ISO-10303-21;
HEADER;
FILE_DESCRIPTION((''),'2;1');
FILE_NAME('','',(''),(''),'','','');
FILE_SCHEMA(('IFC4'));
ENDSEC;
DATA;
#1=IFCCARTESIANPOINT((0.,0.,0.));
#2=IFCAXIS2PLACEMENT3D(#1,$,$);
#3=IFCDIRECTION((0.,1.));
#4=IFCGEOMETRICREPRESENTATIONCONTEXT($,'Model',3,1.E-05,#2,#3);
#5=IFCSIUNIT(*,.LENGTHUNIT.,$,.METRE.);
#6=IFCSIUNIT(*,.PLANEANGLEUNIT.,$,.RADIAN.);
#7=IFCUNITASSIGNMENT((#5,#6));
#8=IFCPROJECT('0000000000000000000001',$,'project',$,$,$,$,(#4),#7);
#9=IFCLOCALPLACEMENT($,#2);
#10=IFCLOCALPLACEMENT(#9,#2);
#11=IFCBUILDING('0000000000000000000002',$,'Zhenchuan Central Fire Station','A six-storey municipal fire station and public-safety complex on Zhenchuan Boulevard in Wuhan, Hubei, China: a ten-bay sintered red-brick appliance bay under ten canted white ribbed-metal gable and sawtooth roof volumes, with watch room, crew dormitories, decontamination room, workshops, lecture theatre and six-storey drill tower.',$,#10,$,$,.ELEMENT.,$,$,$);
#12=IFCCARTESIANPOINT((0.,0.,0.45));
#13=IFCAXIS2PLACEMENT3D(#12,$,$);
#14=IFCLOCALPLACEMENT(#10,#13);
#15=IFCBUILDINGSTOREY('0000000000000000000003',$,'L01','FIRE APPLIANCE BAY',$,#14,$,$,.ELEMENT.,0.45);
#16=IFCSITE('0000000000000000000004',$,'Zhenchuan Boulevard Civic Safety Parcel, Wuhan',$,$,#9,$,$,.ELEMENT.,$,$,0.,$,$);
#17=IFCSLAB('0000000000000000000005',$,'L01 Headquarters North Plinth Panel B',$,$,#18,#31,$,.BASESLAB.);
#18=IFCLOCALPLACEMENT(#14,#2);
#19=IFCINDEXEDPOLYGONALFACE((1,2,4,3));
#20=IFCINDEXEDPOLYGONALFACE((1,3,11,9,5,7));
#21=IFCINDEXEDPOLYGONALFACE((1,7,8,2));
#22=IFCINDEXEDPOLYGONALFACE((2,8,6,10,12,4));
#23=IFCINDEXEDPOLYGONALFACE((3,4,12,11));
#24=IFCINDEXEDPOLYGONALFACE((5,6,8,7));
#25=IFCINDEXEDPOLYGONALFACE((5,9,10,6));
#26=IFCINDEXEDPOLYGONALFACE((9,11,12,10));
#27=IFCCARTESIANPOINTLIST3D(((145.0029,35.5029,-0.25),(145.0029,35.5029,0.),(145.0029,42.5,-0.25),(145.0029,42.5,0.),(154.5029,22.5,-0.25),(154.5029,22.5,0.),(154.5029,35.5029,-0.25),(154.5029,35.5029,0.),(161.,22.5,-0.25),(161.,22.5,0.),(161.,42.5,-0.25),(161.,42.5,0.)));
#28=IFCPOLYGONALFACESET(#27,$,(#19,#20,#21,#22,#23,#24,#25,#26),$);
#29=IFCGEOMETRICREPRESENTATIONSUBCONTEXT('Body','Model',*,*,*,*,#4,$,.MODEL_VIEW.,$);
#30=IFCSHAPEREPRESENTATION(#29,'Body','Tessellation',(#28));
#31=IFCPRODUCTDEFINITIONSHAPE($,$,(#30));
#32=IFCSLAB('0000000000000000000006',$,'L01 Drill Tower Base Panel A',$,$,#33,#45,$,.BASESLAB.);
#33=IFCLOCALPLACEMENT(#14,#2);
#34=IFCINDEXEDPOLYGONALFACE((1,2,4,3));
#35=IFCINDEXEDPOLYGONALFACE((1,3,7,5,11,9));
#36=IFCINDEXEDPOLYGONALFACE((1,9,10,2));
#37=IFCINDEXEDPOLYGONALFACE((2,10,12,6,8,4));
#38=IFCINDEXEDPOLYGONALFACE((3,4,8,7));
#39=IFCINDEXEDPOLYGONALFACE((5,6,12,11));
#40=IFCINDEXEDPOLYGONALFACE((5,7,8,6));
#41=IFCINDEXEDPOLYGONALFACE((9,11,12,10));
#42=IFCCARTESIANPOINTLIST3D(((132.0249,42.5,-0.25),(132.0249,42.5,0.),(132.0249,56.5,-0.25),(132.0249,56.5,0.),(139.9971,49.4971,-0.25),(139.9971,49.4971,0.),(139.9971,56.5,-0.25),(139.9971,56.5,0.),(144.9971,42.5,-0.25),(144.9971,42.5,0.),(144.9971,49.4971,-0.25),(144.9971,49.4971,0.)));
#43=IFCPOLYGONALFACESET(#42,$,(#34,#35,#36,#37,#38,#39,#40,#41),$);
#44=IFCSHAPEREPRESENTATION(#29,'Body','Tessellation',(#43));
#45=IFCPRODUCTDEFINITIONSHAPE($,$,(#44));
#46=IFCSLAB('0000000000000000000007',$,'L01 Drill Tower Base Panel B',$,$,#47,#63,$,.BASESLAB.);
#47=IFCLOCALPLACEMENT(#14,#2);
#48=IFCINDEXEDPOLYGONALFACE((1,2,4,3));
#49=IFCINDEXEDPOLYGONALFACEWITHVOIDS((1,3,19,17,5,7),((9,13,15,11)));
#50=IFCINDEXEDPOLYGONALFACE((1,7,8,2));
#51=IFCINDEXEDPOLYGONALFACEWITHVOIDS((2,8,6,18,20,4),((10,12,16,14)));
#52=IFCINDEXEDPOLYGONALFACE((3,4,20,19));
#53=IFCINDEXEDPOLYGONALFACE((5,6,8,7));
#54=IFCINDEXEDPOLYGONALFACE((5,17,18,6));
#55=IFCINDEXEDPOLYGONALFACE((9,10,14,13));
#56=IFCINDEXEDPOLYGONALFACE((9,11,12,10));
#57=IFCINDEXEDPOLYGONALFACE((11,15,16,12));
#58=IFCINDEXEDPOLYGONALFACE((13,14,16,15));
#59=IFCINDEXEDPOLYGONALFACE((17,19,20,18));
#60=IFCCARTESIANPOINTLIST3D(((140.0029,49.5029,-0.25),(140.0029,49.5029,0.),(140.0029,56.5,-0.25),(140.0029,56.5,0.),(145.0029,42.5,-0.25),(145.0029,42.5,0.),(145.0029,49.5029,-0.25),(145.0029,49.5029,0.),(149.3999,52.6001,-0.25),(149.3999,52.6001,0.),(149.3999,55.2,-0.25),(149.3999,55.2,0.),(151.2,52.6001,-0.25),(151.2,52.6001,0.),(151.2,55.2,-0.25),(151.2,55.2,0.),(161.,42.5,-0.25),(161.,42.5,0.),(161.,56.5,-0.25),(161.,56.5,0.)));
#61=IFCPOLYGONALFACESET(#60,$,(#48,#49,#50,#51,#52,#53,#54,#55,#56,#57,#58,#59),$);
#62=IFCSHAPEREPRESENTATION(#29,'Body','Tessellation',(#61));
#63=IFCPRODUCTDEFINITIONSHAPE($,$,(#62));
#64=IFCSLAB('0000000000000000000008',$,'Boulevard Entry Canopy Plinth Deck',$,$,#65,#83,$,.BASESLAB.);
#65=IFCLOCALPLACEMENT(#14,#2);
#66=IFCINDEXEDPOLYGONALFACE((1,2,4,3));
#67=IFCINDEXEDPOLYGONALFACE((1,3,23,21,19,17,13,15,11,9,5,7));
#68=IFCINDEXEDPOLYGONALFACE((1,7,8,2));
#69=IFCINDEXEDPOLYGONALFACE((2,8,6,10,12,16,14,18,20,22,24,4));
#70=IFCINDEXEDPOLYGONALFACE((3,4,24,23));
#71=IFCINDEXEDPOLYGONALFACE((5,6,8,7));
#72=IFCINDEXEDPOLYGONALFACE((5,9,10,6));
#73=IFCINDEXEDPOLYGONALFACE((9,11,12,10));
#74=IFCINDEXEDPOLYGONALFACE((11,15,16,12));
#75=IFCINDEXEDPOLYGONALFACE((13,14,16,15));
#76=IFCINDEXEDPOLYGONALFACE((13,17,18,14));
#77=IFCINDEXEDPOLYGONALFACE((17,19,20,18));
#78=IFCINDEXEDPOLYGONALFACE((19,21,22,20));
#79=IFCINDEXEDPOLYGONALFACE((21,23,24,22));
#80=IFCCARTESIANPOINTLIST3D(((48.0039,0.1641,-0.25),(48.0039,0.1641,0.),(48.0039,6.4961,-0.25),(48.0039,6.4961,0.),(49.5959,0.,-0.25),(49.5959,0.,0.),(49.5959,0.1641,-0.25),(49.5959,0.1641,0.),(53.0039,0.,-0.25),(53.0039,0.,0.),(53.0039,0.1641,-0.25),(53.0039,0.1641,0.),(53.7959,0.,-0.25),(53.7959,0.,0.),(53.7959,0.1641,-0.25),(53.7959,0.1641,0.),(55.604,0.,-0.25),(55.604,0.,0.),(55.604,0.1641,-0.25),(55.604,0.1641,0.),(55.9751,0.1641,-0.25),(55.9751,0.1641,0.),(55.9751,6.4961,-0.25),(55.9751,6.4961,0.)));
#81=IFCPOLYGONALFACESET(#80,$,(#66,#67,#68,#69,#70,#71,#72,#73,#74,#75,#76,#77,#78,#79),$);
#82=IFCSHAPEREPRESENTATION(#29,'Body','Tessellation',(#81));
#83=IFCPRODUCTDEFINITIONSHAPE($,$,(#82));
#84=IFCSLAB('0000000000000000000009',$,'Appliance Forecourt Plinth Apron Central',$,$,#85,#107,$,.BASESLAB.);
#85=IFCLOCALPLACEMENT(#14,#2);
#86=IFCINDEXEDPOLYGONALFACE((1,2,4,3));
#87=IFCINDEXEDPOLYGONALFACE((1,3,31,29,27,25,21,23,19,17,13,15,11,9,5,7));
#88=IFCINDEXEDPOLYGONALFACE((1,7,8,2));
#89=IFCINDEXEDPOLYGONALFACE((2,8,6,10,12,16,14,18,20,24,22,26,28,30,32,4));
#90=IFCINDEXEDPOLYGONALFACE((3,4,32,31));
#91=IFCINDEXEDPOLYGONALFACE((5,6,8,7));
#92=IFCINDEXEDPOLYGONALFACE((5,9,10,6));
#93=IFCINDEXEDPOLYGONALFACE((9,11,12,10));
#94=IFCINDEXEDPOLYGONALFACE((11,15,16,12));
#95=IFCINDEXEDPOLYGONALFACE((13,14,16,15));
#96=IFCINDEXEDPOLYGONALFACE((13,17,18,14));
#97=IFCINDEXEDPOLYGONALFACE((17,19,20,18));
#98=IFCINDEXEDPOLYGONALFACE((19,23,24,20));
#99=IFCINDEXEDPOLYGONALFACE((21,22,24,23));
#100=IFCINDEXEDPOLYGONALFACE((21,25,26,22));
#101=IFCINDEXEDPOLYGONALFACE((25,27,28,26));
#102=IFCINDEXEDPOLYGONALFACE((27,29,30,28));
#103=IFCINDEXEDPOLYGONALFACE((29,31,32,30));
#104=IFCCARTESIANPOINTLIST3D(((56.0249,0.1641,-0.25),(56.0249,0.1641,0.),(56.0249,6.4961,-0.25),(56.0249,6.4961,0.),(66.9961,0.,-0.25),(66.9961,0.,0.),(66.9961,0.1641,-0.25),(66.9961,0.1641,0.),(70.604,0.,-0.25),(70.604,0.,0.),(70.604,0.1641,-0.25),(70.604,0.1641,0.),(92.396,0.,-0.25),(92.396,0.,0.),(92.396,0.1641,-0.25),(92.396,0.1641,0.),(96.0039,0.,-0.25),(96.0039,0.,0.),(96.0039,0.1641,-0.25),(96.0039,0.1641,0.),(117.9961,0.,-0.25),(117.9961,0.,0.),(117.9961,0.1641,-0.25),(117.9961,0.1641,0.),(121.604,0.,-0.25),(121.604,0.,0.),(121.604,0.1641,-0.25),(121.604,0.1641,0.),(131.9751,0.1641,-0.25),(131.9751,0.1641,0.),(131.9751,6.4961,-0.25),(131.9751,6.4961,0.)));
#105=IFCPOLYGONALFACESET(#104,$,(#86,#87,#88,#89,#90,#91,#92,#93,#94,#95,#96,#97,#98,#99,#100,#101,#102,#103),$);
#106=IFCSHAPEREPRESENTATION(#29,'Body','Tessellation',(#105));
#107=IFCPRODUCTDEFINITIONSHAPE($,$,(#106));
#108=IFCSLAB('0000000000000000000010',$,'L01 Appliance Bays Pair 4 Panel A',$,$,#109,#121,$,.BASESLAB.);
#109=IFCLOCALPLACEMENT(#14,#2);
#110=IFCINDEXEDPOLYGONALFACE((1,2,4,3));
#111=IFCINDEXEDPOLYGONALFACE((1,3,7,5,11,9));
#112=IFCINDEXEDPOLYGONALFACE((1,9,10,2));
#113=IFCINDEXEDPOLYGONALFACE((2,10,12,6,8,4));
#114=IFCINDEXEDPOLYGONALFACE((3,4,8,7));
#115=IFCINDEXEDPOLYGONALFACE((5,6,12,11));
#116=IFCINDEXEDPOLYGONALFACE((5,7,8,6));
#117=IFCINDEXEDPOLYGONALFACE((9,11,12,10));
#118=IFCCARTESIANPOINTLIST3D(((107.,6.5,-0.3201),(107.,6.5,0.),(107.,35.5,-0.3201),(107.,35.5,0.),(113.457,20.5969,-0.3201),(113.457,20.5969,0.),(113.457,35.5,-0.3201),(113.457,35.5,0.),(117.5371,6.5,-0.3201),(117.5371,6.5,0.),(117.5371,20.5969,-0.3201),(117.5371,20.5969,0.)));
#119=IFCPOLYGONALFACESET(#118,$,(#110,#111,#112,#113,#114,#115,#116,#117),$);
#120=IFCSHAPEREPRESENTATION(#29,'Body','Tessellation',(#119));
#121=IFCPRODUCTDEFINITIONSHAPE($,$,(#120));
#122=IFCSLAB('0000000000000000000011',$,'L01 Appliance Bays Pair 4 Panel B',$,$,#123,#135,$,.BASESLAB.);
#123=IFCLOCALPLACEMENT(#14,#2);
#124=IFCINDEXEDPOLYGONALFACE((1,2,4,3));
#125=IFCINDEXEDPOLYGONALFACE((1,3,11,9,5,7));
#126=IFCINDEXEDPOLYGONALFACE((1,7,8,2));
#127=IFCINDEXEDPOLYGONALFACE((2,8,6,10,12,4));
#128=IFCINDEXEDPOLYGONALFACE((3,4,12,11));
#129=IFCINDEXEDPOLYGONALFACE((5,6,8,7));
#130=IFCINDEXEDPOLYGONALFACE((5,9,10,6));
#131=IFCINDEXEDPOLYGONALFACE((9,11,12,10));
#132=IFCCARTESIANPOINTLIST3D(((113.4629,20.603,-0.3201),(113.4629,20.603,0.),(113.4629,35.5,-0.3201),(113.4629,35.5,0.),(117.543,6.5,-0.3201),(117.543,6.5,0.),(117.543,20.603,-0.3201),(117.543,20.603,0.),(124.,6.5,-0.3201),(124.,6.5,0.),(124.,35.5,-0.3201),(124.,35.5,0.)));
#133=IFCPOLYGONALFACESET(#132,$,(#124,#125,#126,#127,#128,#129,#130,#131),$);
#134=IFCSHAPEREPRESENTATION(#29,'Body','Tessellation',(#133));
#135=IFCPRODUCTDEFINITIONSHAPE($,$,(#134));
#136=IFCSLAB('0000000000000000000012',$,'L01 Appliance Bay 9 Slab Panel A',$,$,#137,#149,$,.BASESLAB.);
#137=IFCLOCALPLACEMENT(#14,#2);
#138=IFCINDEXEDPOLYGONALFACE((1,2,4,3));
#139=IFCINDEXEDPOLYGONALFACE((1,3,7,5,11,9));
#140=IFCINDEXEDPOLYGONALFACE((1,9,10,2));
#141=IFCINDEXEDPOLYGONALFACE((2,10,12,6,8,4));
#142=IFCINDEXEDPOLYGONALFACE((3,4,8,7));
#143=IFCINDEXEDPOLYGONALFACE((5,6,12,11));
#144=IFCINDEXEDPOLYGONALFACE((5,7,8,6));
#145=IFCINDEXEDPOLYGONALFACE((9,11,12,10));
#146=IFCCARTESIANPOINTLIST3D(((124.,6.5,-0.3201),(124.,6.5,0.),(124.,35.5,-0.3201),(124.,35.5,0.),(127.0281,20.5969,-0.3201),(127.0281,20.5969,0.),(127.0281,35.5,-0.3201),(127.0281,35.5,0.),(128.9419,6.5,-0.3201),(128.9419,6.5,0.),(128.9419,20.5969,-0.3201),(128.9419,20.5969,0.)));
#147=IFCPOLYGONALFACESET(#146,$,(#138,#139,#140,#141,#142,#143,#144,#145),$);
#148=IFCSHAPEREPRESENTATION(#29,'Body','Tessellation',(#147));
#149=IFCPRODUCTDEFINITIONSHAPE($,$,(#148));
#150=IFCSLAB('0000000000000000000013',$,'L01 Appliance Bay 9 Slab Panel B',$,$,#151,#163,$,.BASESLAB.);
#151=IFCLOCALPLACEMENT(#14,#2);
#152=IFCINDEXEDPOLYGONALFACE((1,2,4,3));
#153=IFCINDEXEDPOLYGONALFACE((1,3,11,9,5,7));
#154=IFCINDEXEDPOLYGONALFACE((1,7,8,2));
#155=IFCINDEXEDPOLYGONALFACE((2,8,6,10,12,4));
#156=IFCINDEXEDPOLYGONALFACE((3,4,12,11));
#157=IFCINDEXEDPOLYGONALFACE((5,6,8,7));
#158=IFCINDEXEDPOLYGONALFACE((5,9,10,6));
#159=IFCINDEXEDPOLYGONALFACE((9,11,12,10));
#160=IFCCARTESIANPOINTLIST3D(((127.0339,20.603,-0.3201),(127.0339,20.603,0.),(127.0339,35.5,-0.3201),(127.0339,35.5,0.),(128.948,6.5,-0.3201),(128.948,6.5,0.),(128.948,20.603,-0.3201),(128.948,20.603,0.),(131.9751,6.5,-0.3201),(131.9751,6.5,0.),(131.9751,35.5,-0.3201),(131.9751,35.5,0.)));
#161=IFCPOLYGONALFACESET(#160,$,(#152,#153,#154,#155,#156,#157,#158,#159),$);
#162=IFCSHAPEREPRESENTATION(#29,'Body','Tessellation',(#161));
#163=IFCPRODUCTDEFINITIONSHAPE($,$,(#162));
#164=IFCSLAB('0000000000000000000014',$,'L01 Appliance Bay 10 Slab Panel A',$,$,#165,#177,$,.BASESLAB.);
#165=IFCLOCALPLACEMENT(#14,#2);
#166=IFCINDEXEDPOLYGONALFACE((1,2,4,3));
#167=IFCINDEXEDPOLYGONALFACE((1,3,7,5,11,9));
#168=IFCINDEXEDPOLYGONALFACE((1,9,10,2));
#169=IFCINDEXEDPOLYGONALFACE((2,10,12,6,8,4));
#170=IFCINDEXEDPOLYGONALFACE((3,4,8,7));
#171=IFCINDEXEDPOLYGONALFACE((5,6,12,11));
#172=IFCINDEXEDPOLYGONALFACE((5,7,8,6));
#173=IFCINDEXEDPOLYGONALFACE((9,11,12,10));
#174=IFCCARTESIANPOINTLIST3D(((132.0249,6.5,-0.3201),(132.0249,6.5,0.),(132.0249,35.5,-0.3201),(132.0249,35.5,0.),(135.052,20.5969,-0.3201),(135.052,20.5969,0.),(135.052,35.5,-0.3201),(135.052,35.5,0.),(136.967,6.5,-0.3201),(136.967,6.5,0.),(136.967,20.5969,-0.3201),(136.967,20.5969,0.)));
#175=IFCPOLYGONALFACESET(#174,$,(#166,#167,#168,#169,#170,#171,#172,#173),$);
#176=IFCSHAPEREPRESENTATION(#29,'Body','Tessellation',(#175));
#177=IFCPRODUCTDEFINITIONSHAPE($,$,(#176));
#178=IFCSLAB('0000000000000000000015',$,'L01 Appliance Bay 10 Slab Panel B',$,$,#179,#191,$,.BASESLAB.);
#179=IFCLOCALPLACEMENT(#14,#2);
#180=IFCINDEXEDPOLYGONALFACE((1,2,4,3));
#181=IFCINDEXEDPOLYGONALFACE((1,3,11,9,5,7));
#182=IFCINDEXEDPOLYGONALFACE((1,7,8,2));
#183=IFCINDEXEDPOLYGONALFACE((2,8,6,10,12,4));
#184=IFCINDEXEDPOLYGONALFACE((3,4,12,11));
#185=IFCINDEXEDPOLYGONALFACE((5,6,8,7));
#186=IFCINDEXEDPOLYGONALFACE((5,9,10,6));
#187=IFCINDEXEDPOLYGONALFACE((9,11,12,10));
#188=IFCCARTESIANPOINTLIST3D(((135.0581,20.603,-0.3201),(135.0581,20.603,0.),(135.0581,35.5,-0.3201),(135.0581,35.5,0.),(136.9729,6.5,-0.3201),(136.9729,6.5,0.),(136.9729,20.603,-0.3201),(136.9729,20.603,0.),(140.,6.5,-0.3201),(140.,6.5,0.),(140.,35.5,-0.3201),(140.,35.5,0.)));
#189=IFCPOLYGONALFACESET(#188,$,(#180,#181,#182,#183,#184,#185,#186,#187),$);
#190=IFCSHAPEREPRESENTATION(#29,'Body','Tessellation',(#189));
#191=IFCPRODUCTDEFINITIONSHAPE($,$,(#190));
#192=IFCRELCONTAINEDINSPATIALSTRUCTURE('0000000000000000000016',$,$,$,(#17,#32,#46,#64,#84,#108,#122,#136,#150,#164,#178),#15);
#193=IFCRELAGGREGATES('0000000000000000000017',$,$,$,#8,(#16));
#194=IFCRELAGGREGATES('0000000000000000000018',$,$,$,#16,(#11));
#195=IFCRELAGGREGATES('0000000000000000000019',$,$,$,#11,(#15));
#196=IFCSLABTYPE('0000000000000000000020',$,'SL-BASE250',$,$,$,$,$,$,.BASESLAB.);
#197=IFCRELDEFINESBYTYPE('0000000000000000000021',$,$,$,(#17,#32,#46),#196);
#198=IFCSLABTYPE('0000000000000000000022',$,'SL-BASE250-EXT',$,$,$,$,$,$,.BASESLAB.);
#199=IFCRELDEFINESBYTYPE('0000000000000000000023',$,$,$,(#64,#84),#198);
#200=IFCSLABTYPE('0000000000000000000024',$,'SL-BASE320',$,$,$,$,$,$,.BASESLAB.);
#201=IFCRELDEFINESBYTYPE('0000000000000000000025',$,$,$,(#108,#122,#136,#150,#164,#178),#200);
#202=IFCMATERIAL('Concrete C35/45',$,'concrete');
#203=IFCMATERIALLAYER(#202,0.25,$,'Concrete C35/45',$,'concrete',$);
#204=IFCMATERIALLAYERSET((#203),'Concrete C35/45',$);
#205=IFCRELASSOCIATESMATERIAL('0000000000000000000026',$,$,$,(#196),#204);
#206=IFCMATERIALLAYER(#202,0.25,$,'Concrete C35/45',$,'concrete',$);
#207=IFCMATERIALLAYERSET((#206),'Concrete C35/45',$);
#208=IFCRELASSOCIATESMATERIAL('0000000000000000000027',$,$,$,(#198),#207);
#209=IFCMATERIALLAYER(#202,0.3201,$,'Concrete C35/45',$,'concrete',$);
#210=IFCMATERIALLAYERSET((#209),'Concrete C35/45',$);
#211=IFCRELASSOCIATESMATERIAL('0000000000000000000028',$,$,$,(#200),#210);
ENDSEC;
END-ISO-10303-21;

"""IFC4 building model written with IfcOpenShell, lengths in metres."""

from ifc_helpers import new_model, si_unit, direction, frame, origin, place, context, subcontext, project, spatial, polyline, outline, extrude, material, layer, layer_set, type_object, element, save


model = new_model("IFC4")

# Units and contexts
model_context = context("Model", 3, precision=1e-05, world=origin(), true_north=direction((0.0, 1.0)))
body_context = subcontext(model_context, "Body", "Model", "MODEL_VIEW")
ifc_project = project(units=[si_unit("LENGTHUNIT", "METRE"), si_unit("PLANEANGLEUNIT", "RADIAN")], contexts=[model_context])

# Site, building, storey
site_placement = place(None, origin())
site = spatial("IfcSite", under=ifc_project, at=site_placement, Name="Zhenchuan Boulevard Civic Safety Parcel, Wuhan", CompositionType="ELEMENT", RefElevation=0.0)
building_placement = place(site_placement, origin())
building = spatial("IfcBuilding", under=site, at=building_placement, Name="Zhenchuan Central Fire Station", Description="A six-storey municipal fire station and public-safety complex on Zhenchuan Boulevard in Wuhan, Hubei, China: a ten-bay sintered red-brick appliance bay under ten canted white ribbed-metal gable and sawtooth roof volumes, with watch room, crew dormitories, decontamination room, workshops, lecture theatre and six-storey drill tower.", CompositionType="ELEMENT")
storey_placement = place(building_placement, frame((0.0, 0.0, 0.45)))
storey = spatial("IfcBuildingStorey", under=building, at=storey_placement, Name="L01", Description="FIRE APPLIANCE BAY", CompositionType="ELEMENT", Elevation=0.45)

# Slabs
ifc_material = material(Name="Concrete C35/45", Category="concrete")
ifc_layer_1 = layer(ifc_material, 0.25, Name="Concrete C35/45", Category="concrete")
ifc_layer_set_1 = layer_set([ifc_layer_1], Name="Concrete C35/45")
slab_type_1 = type_object("IfcSlabType", Name="SL-BASE250", PredefinedType="BASESLAB", material=ifc_layer_set_1)
slab_1_placement = place(storey_placement, frame((0.0, 0.0, -0.25)))
element("IfcSlab", 1, at=slab_1_placement, inside=storey, type_object=slab_type_1, Name="L01 Headquarters North Plinth Panel B", PredefinedType="BASESLAB", context=body_context, shape_type="SweptSolid", body=[
    extrude(outline(polyline([(154.5029, 22.5), (161.0, 22.5), (161.0, 42.5), (145.0029, 42.5), (145.0029, 35.5029), (154.5029, 35.5029), (154.5029, 22.5)])), origin(), (0.0, 0.0, 1.0), 0.25),
])
slab_2_placement = place(storey_placement, frame((0.0, 0.0, -0.25)))
element("IfcSlab", 2, at=slab_2_placement, inside=storey, type_object=slab_type_1, Name="L01 Drill Tower Base Panel A", PredefinedType="BASESLAB", context=body_context, shape_type="SweptSolid", body=[
    extrude(outline(polyline([(132.0249, 42.5), (144.9971, 42.5), (144.9971, 49.4971), (139.9971, 49.4971), (139.9971, 56.5), (132.0249, 56.5), (132.0249, 42.5)])), origin(), (0.0, 0.0, 1.0), 0.25),
])
slab_3_placement = place(storey_placement, frame((0.0, 0.0, -0.25)))
element("IfcSlab", 3, at=slab_3_placement, inside=storey, type_object=slab_type_1, Name="L01 Drill Tower Base Panel B", PredefinedType="BASESLAB", context=body_context, shape_type="SweptSolid", body=[
    extrude(outline(polyline([(145.0029, 42.5), (161.0, 42.5), (161.0, 56.5), (140.0029, 56.5), (140.0029, 49.5029), (145.0029, 49.5029), (145.0029, 42.5)]), holes=[polyline([(149.3999, 52.6001), (151.2, 52.6001), (151.2, 55.2), (149.3999, 55.2), (149.3999, 52.6001)])]), origin(), (0.0, 0.0, 1.0), 0.25),
])
ifc_layer_2 = layer(ifc_material, 0.25, Name="Concrete C35/45", Category="concrete")
ifc_layer_set_2 = layer_set([ifc_layer_2], Name="Concrete C35/45")
slab_type_2 = type_object("IfcSlabType", Name="SL-BASE250-EXT", PredefinedType="BASESLAB", material=ifc_layer_set_2)
slab_4_placement = place(storey_placement, frame((0.0, 0.0, -0.25)))
element("IfcSlab", 4, at=slab_4_placement, inside=storey, type_object=slab_type_2, Name="Boulevard Entry Canopy Plinth Deck", PredefinedType="BASESLAB", context=body_context, shape_type="SweptSolid", body=[
    extrude(outline(polyline([(48.0039, 0.1641), (49.5959, 0.1641), (49.5959, 0.0), (53.0039, 0.0), (53.0039, 0.1641), (53.7959, 0.1641), (53.7959, 0.0), (55.604, 0.0), (55.604, 0.1641), (55.9751, 0.1641), (55.9751, 6.4961), (48.0039, 6.4961), (48.0039, 0.1641)])), origin(), (0.0, 0.0, 1.0), 0.25),
])
slab_5_placement = place(storey_placement, frame((0.0, 0.0, -0.25)))
element("IfcSlab", 5, at=slab_5_placement, inside=storey, type_object=slab_type_2, Name="Appliance Forecourt Plinth Apron Central", PredefinedType="BASESLAB", context=body_context, shape_type="SweptSolid", body=[
    extrude(outline(polyline([(56.0249, 0.1641), (66.9961, 0.1641), (66.9961, 0.0), (70.604, 0.0), (70.604, 0.1641), (92.396, 0.1641), (92.396, 0.0), (96.0039, 0.0), (96.0039, 0.1641), (117.9961, 0.1641), (117.9961, 0.0), (121.604, 0.0), (121.604, 0.1641), (131.9751, 0.1641), (131.9751, 6.4961), (56.0249, 6.4961), (56.0249, 0.1641)])), origin(), (0.0, 0.0, 1.0), 0.25),
])
ifc_layer_3 = layer(ifc_material, 0.3201, Name="Concrete C35/45", Category="concrete")
ifc_layer_set_3 = layer_set([ifc_layer_3], Name="Concrete C35/45")
slab_type_3 = type_object("IfcSlabType", Name="SL-BASE320", PredefinedType="BASESLAB", material=ifc_layer_set_3)
slab_6_placement = place(storey_placement, frame((0.0, 0.0, -0.3201)))
element("IfcSlab", 6, at=slab_6_placement, inside=storey, type_object=slab_type_3, Name="L01 Appliance Bays Pair 4 Panel A", PredefinedType="BASESLAB", context=body_context, shape_type="SweptSolid", body=[
    extrude(outline(polyline([(107.0, 6.5), (117.5371, 6.5), (117.5371, 20.5969), (113.457, 20.5969), (113.457, 35.5), (107.0, 35.5), (107.0, 6.5)])), origin(), (0.0, 0.0, 1.0), 0.3201),
])
slab_7_placement = place(storey_placement, frame((0.0, 0.0, -0.3201)))
element("IfcSlab", 7, at=slab_7_placement, inside=storey, type_object=slab_type_3, Name="L01 Appliance Bays Pair 4 Panel B", PredefinedType="BASESLAB", context=body_context, shape_type="SweptSolid", body=[
    extrude(outline(polyline([(117.543, 6.5), (124.0, 6.5), (124.0, 35.5), (113.4629, 35.5), (113.4629, 20.603), (117.543, 20.603), (117.543, 6.5)])), origin(), (0.0, 0.0, 1.0), 0.3201),
])
slab_8_placement = place(storey_placement, frame((0.0, 0.0, -0.3201)))
element("IfcSlab", 8, at=slab_8_placement, inside=storey, type_object=slab_type_3, Name="L01 Appliance Bay 9 Slab Panel A", PredefinedType="BASESLAB", context=body_context, shape_type="SweptSolid", body=[
    extrude(outline(polyline([(124.0, 6.5), (128.9419, 6.5), (128.9419, 20.5969), (127.0281, 20.5969), (127.0281, 35.5), (124.0, 35.5), (124.0, 6.5)])), origin(), (0.0, 0.0, 1.0), 0.3201),
])
slab_9_placement = place(storey_placement, frame((0.0, 0.0, -0.3201)))
element("IfcSlab", 9, at=slab_9_placement, inside=storey, type_object=slab_type_3, Name="L01 Appliance Bay 9 Slab Panel B", PredefinedType="BASESLAB", context=body_context, shape_type="SweptSolid", body=[
    extrude(outline(polyline([(128.948, 6.5), (131.9751, 6.5), (131.9751, 35.5), (127.0339, 35.5), (127.0339, 20.603), (128.948, 20.603), (128.948, 6.5)])), origin(), (0.0, 0.0, 1.0), 0.3201),
])
slab_10_placement = place(storey_placement, frame((0.0, 0.0, -0.3201)))
element("IfcSlab", 10, at=slab_10_placement, inside=storey, type_object=slab_type_3, Name="L01 Appliance Bay 10 Slab Panel A", PredefinedType="BASESLAB", context=body_context, shape_type="SweptSolid", body=[
    extrude(outline(polyline([(132.0249, 6.5), (136.967, 6.5), (136.967, 20.5969), (135.052, 20.5969), (135.052, 35.5), (132.0249, 35.5), (132.0249, 6.5)])), origin(), (0.0, 0.0, 1.0), 0.3201),
])
slab_11_placement = place(storey_placement, frame((0.0, 0.0, -0.3201)))
element("IfcSlab", 11, at=slab_11_placement, inside=storey, type_object=slab_type_3, Name="L01 Appliance Bay 10 Slab Panel B", PredefinedType="BASESLAB", context=body_context, shape_type="SweptSolid", body=[
    extrude(outline(polyline([(136.9729, 6.5), (140.0, 6.5), (140.0, 35.5), (135.0581, 35.5), (135.0581, 20.603), (136.9729, 20.603), (136.9729, 6.5)])), origin(), (0.0, 0.0, 1.0), 0.3201),
])

save(model, "model.ifc")
